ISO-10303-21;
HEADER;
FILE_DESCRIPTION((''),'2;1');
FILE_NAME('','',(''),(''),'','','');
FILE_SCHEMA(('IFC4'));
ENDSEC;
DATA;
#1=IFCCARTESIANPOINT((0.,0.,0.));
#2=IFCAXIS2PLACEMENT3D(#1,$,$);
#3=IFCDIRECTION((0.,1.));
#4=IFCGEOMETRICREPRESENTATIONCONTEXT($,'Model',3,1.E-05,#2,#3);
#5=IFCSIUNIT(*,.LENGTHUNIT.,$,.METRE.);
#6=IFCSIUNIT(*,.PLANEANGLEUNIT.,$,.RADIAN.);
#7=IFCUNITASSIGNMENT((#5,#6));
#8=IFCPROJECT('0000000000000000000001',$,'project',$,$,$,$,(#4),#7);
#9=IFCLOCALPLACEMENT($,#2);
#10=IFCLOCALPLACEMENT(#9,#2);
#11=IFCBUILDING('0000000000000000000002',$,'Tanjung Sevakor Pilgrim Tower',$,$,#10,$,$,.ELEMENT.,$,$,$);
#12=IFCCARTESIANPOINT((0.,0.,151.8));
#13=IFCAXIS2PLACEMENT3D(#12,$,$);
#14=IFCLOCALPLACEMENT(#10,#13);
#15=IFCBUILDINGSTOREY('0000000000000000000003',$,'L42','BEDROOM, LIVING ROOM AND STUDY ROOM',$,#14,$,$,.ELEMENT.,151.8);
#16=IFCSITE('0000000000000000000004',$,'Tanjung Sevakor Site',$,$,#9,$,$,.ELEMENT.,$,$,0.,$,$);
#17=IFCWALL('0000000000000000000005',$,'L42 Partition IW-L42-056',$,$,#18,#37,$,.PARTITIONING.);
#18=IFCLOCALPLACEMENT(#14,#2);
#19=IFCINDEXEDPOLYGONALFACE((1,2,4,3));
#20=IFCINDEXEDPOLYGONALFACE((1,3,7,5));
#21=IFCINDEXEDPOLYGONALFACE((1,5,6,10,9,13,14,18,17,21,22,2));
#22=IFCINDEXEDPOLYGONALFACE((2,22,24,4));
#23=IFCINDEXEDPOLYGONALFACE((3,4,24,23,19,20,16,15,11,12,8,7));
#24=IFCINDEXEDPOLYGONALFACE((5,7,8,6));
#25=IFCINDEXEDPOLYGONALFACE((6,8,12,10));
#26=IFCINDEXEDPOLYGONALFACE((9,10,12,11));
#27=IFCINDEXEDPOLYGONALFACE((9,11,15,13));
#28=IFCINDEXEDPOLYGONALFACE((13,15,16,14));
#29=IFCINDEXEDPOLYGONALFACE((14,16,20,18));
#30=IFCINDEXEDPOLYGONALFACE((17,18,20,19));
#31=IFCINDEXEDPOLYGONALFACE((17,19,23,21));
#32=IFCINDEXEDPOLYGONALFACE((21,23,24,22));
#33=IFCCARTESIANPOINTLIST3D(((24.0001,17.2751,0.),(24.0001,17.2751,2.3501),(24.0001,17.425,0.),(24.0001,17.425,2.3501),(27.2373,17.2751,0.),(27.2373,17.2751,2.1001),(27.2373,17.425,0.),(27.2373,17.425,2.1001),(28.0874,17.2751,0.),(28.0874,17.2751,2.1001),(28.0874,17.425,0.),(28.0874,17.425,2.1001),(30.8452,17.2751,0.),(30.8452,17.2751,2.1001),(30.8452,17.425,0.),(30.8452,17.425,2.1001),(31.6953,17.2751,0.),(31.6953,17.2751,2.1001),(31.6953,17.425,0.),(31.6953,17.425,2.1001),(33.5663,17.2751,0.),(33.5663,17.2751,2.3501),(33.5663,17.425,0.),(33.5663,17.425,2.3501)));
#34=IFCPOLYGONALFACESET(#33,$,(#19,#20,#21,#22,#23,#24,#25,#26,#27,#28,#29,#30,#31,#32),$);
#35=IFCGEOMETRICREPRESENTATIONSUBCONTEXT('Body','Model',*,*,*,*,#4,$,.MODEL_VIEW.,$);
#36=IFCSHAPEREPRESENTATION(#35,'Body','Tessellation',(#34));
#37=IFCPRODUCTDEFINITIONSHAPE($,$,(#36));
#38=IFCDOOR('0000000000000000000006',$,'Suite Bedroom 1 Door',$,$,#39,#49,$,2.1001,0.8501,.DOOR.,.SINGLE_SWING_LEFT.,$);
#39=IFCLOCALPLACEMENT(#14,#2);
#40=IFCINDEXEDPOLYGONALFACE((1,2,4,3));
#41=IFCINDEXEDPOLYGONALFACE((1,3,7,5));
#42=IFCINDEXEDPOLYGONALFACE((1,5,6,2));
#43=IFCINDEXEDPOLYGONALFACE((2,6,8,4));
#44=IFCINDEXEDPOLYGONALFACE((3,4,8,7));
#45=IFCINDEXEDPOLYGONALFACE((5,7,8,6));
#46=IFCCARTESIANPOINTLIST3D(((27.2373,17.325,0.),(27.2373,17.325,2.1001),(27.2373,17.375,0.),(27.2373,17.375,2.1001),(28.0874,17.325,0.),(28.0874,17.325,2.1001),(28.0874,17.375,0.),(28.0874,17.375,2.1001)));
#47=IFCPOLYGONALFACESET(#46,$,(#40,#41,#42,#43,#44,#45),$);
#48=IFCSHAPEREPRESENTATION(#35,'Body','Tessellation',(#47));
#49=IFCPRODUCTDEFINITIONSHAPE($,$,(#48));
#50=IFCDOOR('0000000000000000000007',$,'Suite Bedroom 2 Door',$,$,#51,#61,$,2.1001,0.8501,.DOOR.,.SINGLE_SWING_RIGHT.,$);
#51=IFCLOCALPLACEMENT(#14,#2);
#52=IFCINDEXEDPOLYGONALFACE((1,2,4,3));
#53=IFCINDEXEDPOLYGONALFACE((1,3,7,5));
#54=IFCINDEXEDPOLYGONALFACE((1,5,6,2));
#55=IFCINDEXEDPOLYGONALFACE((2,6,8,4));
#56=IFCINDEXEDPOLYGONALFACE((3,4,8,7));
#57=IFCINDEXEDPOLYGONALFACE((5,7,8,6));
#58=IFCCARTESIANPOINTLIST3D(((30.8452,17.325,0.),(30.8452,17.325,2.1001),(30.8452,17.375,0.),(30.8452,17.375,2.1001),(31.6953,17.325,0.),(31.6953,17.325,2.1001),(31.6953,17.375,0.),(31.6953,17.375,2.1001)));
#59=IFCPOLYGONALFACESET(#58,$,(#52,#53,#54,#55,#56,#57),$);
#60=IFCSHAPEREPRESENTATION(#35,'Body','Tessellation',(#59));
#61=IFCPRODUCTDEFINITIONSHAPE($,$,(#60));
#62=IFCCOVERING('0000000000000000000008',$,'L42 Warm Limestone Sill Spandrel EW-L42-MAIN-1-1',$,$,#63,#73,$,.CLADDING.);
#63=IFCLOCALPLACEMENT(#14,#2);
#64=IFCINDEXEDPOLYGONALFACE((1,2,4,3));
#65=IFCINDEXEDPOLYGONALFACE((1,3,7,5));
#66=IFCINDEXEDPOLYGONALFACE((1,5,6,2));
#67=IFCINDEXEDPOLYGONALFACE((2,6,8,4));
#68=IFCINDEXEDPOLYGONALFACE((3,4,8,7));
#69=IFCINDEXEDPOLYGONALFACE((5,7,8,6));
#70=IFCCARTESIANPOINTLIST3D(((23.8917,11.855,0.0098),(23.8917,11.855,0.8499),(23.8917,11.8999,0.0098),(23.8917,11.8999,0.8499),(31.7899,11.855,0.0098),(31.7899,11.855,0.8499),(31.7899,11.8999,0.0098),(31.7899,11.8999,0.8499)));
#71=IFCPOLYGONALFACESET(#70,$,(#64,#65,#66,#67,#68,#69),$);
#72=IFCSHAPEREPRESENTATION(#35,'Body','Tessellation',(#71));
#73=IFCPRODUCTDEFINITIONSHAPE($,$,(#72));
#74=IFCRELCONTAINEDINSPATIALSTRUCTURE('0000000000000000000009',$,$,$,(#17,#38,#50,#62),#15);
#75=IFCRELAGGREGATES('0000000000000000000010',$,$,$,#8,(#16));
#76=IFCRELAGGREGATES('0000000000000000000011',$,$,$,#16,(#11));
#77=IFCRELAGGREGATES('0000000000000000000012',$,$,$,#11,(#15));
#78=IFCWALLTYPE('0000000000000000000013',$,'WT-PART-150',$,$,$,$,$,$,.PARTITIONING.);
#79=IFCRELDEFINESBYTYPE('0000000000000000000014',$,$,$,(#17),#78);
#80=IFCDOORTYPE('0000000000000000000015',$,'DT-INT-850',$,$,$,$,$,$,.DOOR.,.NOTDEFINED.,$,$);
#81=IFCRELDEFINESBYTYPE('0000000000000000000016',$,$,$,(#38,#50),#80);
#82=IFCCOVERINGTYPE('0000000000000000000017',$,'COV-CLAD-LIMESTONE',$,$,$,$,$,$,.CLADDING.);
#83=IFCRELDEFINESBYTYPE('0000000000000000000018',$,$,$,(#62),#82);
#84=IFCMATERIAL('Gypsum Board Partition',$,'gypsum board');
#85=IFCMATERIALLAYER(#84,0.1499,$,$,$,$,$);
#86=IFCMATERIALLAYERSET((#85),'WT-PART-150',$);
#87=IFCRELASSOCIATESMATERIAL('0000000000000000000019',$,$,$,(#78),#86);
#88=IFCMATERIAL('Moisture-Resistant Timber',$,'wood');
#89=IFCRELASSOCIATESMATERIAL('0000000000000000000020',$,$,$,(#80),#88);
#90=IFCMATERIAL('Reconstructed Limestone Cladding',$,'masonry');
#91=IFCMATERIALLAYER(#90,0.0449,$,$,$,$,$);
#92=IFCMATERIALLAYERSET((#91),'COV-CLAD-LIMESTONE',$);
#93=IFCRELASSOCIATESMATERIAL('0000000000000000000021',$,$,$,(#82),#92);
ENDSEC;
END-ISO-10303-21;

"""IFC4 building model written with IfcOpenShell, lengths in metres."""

from ifc_helpers import new_model, si_unit, direction, frame, frame_2d, origin, origin_2d, place, context, subcontext, project, spatial, rectangle, extrude, material, layer, layer_set, type_object, element, fill, save


model = new_model("IFC4")

# Units and contexts
model_context = context("Model", 3, precision=1e-05, world=origin(), true_north=direction((0.0, 1.0)))
body_context = subcontext(model_context, "Body", "Model", "MODEL_VIEW")
ifc_project = project(units=[si_unit("LENGTHUNIT", "METRE"), si_unit("PLANEANGLEUNIT", "RADIAN")], contexts=[model_context])

# Site, building, storey
site_placement = place(None, origin())
site = spatial("IfcSite", under=ifc_project, at=site_placement, Name="Tanjung Sevakor Site", CompositionType="ELEMENT", RefElevation=0.0)
building_placement = place(site_placement, origin())
building = spatial("IfcBuilding", under=site, at=building_placement, Name="Tanjung Sevakor Pilgrim Tower", CompositionType="ELEMENT")
storey_placement = place(building_placement, frame((0.0, 0.0, 151.8)))
storey = spatial("IfcBuildingStorey", under=building, at=storey_placement, Name="L42", Description="BEDROOM, LIVING ROOM AND STUDY ROOM", CompositionType="ELEMENT", Elevation=151.8)

# Wall, openings, doors
ifc_material_1 = material(Name="Gypsum Board Partition", Category="gypsum board")
ifc_layer_1 = layer(ifc_material_1, 0.1499)
ifc_layer_set_1 = layer_set([ifc_layer_1], Name="WT-PART-150")
wall_type_1 = type_object("IfcWallType", Name="WT-PART-150", PredefinedType="PARTITIONING", material=ifc_layer_set_1)
ifc_material_2 = material(Name="Moisture-Resistant Timber", Category="wood")
door_type_1 = type_object("IfcDoorType", Name="DT-INT-850", OperationType="NOTDEFINED", PredefinedType="DOOR", material=ifc_material_2)
wall_1_placement = place(storey_placement, frame((24.0, 17.3501, 0.0), z_axis=(0.0, 0.0, 1.0), x_axis=(1.0, 0.0, 0.0)))
wall_1 = element("IfcWall", 1, at=wall_1_placement, inside=storey, type_object=wall_type_1, Name="L42 Partition IW-L42-056", PredefinedType="PARTITIONING", context=body_context, shape_type="SweptSolid", body=[
    extrude(rectangle(XDim=9.5662, YDim=0.1499, at=frame_2d((4.7832, 0.0))), origin(), (0.0, 0.0, 1.0), 2.3501),
])
opening_1_placement = place(wall_1_placement, frame((3.2373, 0.0, 0.0)))
opening_1 = element("IfcOpeningElement", 2, at=opening_1_placement, cuts=wall_1, PredefinedType="OPENING", context=body_context, shape_type="SweptSolid", body=[
    extrude(rectangle(XDim=0.8501, YDim=2.1001, at=frame_2d((0.425, 1.05))), frame((0.0, 0.085, 0.0), z_axis=(0.0, -1.0, 0.0), x_axis=(1.0, 0.0, 0.0)), (0.0, 0.0, 1.0), 0.1699),
])
opening_2_placement = place(wall_1_placement, frame((6.8452, 0.0, 0.0)))
opening_2 = element("IfcOpeningElement", 3, at=opening_2_placement, cuts=wall_1, PredefinedType="OPENING", context=body_context, shape_type="SweptSolid", body=[
    extrude(rectangle(XDim=0.8501, YDim=2.1001, at=frame_2d((0.425, 1.05))), frame((0.0, 0.085, 0.0), z_axis=(0.0, -1.0, 0.0), x_axis=(1.0, 0.0, 0.0)), (0.0, 0.0, 1.0), 0.1699),
])
door_1_placement = place(opening_1_placement, origin())
door_1 = element("IfcDoor", 4, at=door_1_placement, inside=storey, type_object=door_type_1, Name="Suite Bedroom 1 Door", OperationType="SINGLE_SWING_LEFT", OverallHeight=2.1001, OverallWidth=0.8501, PredefinedType="DOOR", context=body_context, shape_type="SweptSolid", body=[
    extrude(rectangle(XDim=0.8501, YDim=2.1001, at=frame_2d((0.425, 1.05))), frame((0.0, 0.0249, 0.0), z_axis=(0.0, -1.0, 0.0), x_axis=(1.0, 0.0, 0.0)), (0.0, 0.0, 1.0), 0.05),
])
fill(opening_1, door_1)
door_2_placement = place(opening_2_placement, origin())
door_2 = element("IfcDoor", 5, at=door_2_placement, inside=storey, type_object=door_type_1, Name="Suite Bedroom 2 Door", OperationType="SINGLE_SWING_RIGHT", OverallHeight=2.1001, OverallWidth=0.8501, PredefinedType="DOOR", context=body_context, shape_type="SweptSolid", body=[
    extrude(rectangle(XDim=0.8501, YDim=2.1001, at=frame_2d((0.425, 1.05))), frame((0.0, 0.0249, 0.0), z_axis=(0.0, -1.0, 0.0), x_axis=(1.0, 0.0, 0.0)), (0.0, 0.0, 1.0), 0.05),
])
fill(opening_2, door_2)

# Covering
ifc_material_3 = material(Name="Reconstructed Limestone Cladding", Category="masonry")
ifc_layer_2 = layer(ifc_material_3, 0.0449)
ifc_layer_set_2 = layer_set([ifc_layer_2], Name="COV-CLAD-LIMESTONE")
covering_type = type_object("IfcCoveringType", Name="COV-CLAD-LIMESTONE", PredefinedType="CLADDING", material=ifc_layer_set_2)
covering_placement = place(storey_placement, frame((27.8408, 11.8774, 0.0098), z_axis=(0.0, 0.0, 1.0), x_axis=(1.0, 0.0, 0.0)))
element("IfcCovering", 6, at=covering_placement, inside=storey, type_object=covering_type, Name="L42 Warm Limestone Sill Spandrel EW-L42-MAIN-1-1", PredefinedType="CLADDING", context=body_context, shape_type="SweptSolid", body=[
    extrude(rectangle(XDim=7.8982, YDim=0.0449, at=origin_2d()), origin(), (0.0, 0.0, 1.0), 0.8401),
])

save(model, "model.ifc")
